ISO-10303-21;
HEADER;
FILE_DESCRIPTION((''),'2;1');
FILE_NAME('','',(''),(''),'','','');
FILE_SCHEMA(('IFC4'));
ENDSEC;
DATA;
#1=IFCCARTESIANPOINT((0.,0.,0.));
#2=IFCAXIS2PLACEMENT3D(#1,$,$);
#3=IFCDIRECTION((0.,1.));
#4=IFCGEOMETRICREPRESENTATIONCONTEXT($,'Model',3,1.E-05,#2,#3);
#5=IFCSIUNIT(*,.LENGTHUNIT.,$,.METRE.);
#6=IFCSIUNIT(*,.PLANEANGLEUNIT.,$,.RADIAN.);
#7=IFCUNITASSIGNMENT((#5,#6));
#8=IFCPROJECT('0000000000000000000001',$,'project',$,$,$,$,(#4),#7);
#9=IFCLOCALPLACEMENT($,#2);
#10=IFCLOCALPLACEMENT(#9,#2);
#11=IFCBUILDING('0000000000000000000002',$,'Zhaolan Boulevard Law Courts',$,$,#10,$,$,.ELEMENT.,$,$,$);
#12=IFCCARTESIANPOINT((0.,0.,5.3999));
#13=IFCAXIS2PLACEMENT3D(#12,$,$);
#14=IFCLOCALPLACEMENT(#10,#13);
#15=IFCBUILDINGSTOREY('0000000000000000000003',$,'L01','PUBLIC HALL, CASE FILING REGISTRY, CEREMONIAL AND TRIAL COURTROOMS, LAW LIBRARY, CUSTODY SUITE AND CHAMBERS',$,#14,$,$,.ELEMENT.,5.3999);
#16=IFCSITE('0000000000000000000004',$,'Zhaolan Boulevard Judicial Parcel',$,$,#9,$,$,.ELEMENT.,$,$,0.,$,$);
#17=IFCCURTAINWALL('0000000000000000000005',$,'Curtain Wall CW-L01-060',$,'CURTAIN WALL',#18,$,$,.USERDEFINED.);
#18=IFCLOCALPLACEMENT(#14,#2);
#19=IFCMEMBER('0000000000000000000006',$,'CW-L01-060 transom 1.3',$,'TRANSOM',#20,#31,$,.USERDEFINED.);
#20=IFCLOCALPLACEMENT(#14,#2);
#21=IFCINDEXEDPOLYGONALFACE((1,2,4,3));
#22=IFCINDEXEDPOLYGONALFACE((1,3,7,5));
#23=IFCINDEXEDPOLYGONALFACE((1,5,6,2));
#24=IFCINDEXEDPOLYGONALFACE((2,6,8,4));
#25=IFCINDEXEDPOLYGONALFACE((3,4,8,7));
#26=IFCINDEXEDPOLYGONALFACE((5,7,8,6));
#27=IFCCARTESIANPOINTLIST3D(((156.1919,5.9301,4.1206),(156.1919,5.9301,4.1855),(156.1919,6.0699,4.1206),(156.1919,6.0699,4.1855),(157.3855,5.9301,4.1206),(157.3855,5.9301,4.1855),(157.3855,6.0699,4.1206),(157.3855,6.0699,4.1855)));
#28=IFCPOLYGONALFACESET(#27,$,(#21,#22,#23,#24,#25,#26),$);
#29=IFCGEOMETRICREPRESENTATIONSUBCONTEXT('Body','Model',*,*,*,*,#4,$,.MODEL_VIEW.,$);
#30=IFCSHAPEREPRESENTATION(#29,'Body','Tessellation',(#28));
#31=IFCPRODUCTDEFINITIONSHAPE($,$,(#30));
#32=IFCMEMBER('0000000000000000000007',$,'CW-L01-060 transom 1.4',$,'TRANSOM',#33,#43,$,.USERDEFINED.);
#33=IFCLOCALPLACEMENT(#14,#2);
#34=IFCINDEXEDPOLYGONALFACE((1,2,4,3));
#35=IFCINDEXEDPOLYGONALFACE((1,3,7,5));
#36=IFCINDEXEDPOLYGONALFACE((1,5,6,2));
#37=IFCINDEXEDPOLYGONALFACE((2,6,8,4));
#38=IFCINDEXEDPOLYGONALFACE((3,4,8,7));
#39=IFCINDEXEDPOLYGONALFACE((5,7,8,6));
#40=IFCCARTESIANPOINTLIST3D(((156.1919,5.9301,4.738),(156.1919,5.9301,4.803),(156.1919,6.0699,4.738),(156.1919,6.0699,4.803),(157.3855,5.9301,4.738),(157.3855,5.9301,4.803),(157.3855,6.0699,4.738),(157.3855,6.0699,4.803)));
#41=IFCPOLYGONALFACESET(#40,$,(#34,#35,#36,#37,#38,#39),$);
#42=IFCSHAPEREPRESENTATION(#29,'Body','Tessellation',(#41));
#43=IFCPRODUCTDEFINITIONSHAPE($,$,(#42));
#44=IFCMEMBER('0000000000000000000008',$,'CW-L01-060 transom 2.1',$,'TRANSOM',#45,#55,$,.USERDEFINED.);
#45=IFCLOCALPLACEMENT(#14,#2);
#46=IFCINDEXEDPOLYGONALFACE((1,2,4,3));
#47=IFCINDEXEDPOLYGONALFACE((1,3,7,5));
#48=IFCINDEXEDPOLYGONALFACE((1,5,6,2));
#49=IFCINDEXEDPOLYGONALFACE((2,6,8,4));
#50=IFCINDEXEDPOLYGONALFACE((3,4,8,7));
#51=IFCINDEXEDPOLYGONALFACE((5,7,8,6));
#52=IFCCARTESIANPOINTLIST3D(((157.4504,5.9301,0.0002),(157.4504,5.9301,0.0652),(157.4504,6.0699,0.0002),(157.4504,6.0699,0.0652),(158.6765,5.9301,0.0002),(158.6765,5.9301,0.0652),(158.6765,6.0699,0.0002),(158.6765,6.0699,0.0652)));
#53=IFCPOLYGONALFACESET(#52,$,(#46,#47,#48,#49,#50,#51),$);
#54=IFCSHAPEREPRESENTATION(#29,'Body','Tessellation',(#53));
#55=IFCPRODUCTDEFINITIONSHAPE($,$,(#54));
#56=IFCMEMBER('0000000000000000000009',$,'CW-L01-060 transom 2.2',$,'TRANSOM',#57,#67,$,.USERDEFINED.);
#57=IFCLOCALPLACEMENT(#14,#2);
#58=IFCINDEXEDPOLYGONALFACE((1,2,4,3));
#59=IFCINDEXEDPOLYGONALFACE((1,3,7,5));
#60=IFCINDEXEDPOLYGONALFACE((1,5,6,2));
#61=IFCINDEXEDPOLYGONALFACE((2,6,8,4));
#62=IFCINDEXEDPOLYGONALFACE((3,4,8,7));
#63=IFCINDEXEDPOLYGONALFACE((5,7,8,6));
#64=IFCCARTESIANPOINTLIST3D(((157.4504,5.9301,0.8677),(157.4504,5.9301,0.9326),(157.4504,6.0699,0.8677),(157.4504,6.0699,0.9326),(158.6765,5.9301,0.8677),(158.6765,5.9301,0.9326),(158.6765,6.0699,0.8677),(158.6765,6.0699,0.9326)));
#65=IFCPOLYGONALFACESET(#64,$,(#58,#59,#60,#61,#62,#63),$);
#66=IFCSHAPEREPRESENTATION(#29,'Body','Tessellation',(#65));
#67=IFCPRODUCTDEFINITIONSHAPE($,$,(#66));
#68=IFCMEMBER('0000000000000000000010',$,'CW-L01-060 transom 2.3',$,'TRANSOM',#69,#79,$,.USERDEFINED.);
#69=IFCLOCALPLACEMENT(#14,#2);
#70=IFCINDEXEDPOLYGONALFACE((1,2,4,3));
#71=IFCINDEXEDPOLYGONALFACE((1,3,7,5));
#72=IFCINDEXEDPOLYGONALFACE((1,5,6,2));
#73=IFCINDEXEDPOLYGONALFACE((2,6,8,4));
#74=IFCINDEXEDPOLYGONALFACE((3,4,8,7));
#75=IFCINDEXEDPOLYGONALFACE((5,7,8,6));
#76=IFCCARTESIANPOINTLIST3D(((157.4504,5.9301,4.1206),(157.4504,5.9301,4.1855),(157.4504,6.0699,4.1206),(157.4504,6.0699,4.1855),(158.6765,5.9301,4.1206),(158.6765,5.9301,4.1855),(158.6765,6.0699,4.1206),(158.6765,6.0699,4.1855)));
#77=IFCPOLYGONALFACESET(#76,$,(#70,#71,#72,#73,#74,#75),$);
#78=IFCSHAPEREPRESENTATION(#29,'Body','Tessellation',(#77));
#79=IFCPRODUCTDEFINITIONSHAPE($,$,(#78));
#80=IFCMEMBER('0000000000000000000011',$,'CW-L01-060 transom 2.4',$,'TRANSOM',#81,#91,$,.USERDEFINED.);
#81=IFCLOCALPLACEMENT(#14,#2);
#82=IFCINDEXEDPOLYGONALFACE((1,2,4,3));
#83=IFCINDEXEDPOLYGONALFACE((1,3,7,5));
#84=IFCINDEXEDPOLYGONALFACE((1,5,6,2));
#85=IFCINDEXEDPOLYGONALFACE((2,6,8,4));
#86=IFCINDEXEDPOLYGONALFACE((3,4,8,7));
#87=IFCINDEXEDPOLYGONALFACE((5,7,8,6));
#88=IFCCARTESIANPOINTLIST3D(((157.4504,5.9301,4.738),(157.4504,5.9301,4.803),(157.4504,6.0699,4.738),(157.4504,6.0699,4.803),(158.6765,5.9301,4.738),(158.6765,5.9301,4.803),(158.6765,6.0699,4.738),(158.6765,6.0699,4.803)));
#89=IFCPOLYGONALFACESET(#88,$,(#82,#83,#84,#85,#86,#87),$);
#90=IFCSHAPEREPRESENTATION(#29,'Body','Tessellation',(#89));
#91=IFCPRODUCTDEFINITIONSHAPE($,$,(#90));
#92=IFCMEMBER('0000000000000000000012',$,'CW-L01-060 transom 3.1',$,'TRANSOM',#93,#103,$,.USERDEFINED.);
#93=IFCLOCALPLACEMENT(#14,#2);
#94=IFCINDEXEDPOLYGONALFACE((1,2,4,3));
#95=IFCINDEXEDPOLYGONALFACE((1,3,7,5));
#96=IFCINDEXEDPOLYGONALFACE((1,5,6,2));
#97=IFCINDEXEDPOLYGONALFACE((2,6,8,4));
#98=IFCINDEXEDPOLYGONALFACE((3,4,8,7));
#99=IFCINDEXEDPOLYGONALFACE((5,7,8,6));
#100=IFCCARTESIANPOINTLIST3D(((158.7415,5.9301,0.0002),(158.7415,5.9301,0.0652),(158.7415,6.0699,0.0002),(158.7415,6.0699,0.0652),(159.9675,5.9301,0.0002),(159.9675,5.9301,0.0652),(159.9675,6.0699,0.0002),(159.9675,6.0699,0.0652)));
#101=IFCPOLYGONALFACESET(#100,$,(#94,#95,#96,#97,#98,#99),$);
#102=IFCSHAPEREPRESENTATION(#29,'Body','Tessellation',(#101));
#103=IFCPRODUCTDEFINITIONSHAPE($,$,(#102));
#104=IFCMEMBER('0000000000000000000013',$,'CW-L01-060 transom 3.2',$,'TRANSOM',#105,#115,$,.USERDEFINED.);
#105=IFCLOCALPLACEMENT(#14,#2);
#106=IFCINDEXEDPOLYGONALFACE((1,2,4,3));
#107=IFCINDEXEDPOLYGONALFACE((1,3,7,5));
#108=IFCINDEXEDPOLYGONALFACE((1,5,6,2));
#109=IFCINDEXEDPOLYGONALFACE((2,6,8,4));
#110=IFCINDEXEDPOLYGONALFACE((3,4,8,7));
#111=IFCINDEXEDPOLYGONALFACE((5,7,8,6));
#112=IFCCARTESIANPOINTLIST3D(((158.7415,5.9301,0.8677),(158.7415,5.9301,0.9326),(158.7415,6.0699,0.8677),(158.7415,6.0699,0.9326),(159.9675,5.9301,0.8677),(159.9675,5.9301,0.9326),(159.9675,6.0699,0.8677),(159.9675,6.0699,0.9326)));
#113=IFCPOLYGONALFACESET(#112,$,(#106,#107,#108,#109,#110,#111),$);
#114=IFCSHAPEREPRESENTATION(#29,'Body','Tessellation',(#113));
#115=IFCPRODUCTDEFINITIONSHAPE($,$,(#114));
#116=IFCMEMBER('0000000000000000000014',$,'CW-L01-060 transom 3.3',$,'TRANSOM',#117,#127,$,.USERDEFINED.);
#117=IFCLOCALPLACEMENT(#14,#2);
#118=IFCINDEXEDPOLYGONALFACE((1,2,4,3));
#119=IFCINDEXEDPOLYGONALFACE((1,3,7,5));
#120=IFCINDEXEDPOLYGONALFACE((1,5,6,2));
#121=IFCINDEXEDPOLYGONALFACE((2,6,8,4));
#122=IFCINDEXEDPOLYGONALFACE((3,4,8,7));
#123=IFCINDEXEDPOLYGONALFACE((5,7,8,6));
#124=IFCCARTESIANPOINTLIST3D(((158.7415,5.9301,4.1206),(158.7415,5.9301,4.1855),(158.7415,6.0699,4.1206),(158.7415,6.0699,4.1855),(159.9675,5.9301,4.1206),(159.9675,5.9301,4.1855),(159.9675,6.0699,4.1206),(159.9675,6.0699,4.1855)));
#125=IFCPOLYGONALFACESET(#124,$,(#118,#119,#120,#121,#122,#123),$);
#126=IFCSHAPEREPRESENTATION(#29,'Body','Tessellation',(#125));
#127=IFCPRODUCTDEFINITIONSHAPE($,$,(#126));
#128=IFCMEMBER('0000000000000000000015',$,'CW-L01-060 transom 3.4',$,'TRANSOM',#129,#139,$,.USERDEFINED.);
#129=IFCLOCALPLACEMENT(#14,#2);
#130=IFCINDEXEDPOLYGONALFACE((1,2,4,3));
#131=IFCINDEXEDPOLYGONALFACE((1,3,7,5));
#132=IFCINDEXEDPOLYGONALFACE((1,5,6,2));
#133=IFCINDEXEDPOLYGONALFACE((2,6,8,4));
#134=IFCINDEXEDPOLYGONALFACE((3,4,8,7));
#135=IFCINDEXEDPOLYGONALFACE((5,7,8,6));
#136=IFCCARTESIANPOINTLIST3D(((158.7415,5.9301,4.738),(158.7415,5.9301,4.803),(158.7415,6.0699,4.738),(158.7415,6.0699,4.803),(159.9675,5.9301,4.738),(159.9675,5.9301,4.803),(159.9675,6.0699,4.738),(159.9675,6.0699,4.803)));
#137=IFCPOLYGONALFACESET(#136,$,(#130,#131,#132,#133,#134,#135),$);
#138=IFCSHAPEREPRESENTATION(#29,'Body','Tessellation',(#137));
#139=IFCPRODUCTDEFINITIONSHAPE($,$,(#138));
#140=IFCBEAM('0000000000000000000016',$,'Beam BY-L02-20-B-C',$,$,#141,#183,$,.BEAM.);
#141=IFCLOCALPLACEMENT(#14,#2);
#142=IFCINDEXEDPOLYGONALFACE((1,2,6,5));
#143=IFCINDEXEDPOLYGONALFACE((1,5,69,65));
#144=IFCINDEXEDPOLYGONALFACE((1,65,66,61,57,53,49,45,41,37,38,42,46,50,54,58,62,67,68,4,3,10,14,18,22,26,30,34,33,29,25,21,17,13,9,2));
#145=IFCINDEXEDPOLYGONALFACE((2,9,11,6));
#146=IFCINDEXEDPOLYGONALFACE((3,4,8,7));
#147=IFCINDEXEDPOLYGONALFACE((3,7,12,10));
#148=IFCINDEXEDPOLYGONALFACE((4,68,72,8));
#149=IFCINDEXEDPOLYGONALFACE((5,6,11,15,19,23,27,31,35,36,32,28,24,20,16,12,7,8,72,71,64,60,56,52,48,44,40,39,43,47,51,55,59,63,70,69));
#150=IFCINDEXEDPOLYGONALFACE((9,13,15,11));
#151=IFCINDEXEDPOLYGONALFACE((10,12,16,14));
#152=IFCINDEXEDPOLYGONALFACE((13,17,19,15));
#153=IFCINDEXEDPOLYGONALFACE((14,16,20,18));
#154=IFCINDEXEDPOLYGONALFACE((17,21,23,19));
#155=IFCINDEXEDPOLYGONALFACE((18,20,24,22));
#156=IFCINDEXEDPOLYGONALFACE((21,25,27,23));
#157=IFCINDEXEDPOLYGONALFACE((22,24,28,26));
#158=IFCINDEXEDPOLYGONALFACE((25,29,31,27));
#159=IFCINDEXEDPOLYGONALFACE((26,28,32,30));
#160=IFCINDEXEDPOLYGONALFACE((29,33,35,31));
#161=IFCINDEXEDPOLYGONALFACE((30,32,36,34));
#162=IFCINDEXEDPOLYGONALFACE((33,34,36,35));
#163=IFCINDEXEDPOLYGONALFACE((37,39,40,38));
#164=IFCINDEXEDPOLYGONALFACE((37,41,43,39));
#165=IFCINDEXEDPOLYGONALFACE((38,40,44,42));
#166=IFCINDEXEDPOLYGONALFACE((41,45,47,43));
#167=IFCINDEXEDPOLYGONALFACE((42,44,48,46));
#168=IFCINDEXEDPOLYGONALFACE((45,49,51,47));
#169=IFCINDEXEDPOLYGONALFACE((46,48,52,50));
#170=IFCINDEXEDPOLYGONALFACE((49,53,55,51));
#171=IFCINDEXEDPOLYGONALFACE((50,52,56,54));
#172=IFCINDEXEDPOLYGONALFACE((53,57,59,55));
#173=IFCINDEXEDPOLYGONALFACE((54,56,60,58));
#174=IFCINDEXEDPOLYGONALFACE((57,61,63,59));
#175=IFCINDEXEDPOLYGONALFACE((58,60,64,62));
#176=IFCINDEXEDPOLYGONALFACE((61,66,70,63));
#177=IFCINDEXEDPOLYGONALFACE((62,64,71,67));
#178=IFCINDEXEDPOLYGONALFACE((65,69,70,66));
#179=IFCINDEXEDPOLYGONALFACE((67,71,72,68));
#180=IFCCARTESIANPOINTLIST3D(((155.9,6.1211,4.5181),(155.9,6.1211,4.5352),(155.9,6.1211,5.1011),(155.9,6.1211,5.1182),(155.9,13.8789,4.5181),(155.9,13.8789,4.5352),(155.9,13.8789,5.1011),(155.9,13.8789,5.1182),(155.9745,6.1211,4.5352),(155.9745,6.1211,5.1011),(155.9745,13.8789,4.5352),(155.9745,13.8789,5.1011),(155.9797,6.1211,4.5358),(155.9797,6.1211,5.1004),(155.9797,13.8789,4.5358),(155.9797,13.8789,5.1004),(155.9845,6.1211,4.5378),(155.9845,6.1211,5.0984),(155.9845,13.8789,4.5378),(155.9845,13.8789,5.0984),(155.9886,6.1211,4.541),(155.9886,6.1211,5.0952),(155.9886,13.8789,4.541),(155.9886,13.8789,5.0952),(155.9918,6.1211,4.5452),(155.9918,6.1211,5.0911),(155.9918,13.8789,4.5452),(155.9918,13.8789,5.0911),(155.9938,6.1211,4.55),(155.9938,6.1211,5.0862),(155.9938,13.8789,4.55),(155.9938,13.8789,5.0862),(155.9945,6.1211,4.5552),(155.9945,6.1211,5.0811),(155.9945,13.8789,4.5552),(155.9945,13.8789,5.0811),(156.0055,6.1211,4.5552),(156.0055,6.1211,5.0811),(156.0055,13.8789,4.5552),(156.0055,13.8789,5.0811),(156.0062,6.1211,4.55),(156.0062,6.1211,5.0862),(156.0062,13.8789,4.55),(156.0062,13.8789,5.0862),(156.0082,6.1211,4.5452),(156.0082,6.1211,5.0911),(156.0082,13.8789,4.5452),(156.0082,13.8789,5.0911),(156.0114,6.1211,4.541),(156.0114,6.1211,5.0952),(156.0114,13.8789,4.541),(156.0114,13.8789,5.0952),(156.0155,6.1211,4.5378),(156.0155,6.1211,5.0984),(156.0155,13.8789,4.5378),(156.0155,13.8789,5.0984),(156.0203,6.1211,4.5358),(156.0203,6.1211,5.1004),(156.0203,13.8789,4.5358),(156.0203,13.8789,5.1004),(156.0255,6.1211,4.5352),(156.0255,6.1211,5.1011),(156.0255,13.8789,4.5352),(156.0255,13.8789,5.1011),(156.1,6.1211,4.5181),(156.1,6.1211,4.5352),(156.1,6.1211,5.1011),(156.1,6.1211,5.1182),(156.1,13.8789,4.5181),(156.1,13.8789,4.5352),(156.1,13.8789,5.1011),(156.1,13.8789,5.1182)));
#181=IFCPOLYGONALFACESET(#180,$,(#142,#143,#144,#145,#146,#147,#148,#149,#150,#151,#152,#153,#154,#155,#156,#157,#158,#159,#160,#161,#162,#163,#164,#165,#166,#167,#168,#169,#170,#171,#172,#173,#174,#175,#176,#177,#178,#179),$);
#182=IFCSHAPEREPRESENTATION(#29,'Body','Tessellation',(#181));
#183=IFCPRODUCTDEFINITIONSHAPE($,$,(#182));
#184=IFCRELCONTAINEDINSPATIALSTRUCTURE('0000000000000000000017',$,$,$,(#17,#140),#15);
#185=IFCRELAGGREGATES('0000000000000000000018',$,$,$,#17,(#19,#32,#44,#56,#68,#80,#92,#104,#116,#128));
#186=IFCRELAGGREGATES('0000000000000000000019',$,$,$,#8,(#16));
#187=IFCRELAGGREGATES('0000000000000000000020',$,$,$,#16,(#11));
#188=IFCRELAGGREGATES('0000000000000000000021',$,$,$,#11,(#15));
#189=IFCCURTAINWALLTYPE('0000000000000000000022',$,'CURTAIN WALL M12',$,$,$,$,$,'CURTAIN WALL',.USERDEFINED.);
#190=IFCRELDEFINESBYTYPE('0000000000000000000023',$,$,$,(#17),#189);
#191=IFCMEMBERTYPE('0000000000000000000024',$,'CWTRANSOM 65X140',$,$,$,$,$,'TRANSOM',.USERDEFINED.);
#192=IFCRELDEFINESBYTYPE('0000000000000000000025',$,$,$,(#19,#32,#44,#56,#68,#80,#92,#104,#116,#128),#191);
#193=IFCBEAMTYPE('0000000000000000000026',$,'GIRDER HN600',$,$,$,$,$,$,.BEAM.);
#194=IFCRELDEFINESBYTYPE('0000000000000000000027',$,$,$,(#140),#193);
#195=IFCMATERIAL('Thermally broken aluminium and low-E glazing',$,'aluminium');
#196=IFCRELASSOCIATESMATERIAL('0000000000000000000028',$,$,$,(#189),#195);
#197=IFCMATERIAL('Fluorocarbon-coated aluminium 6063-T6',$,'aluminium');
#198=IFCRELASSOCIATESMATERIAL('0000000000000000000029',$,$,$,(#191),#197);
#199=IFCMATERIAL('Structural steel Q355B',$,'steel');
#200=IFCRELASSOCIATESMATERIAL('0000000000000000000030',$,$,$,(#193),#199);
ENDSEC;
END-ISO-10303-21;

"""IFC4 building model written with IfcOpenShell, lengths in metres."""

from ifc_helpers import new_model, si_unit, direction, frame, origin, origin_2d, place, context, subcontext, project, spatial, rectangle, i_section, extrude, material, material_profile, profile_set, type_object, element, aggregate, save


model = new_model("IFC4")

# Units and contexts
model_context = context("Model", 3, precision=1e-05, world=origin(), true_north=direction((0.0, 1.0)))
body_context = subcontext(model_context, "Body", "Model", "MODEL_VIEW")
ifc_project = project(units=[si_unit("LENGTHUNIT", "METRE"), si_unit("PLANEANGLEUNIT", "RADIAN")], contexts=[model_context])

# Site, building, storey
site_placement = place(None, origin())
site = spatial("IfcSite", under=ifc_project, at=site_placement, Name="Zhaolan Boulevard Judicial Parcel", CompositionType="ELEMENT", RefElevation=0.0)
building_placement = place(site_placement, origin())
building = spatial("IfcBuilding", under=site, at=building_placement, Name="Zhaolan Boulevard Law Courts", CompositionType="ELEMENT")
storey_placement = place(building_placement, frame((0.0, 0.0, 5.3999)))
storey = spatial("IfcBuildingStorey", under=building, at=storey_placement, Name="L01", Description="PUBLIC HALL, CASE FILING REGISTRY, CEREMONIAL AND TRIAL COURTROOMS, LAW LIBRARY, CUSTODY SUITE AND CHAMBERS", CompositionType="ELEMENT", Elevation=5.3999)

# Curtain wall
ifc_material_1 = material(Name="Thermally broken aluminium and low-E glazing", Category="aluminium")
curtain_wall_type_1 = type_object("IfcCurtainWallType", Name="CURTAIN WALL M12", ElementType="CURTAIN WALL", PredefinedType="USERDEFINED", material=ifc_material_1)
curtain_wall_1_placement = place(storey_placement, origin())
curtain_wall_1 = element("IfcCurtainWall", 1, at=curtain_wall_1_placement, inside=storey, type_object=curtain_wall_type_1, Name="Curtain Wall CW-L01-060", ObjectType="CURTAIN WALL", PredefinedType="USERDEFINED")

# Members
ifc_material_2 = material(Name="Fluorocarbon-coated aluminium 6063-T6", Category="aluminium")
ifc_material_profile_1 = material_profile(ifc_material_2, rectangle(XDim=0.1399, YDim=0.0649, at=origin_2d()), Name="AL65x140")
ifc_profile_set_1 = profile_set([ifc_material_profile_1], Name="Fluorocarbon-coated aluminium 6063-T6")
member_type_1 = type_object("IfcMemberType", Name="CWTRANSOM 65X140", ElementType="TRANSOM", PredefinedType="USERDEFINED", material=ifc_profile_set_1)
member_1_placement = place(storey_placement, frame((156.1919, 6.0, 4.1531), z_axis=(1.0, 0.0, 0.0), x_axis=(0.0, 1.0, 0.0)))
member_1 = element("IfcMember", 2, at=member_1_placement, type_object=member_type_1, Name="CW-L01-060 transom 1.3", ObjectType="TRANSOM", PredefinedType="USERDEFINED", context=body_context, shape_type="SweptSolid", body=[
    extrude(rectangle(XDim=0.1399, YDim=0.0649, at=origin_2d()), origin(), (0.0, 0.0, 1.0), 1.1936),
])
member_2_placement = place(storey_placement, frame((156.1919, 6.0, 4.7705), z_axis=(1.0, 0.0, 0.0), x_axis=(0.0, 1.0, 0.0)))
member_2 = element("IfcMember", 3, at=member_2_placement, type_object=member_type_1, Name="CW-L01-060 transom 1.4", ObjectType="TRANSOM", PredefinedType="USERDEFINED", context=body_context, shape_type="SweptSolid", body=[
    extrude(rectangle(XDim=0.1399, YDim=0.0649, at=origin_2d()), origin(), (0.0, 0.0, 1.0), 1.1936),
])
member_3_placement = place(storey_placement, frame((157.4504, 6.0, 0.0327), z_axis=(1.0, 0.0, 0.0), x_axis=(0.0, 1.0, 0.0)))
member_3 = element("IfcMember", 4, at=member_3_placement, type_object=member_type_1, Name="CW-L01-060 transom 2.1", ObjectType="TRANSOM", PredefinedType="USERDEFINED", context=body_context, shape_type="SweptSolid", body=[
    extrude(rectangle(XDim=0.1399, YDim=0.0649, at=origin_2d()), origin(), (0.0, 0.0, 1.0), 1.2261),
])
member_4_placement = place(storey_placement, frame((157.4504, 6.0, 0.9001), z_axis=(1.0, 0.0, 0.0), x_axis=(0.0, 1.0, 0.0)))
member_4 = element("IfcMember", 5, at=member_4_placement, type_object=member_type_1, Name="CW-L01-060 transom 2.2", ObjectType="TRANSOM", PredefinedType="USERDEFINED", context=body_context, shape_type="SweptSolid", body=[
    extrude(rectangle(XDim=0.1399, YDim=0.0649, at=origin_2d()), origin(), (0.0, 0.0, 1.0), 1.2261),
])
member_5_placement = place(storey_placement, frame((157.4504, 6.0, 4.1531), z_axis=(1.0, 0.0, 0.0), x_axis=(0.0, 1.0, 0.0)))
member_5 = element("IfcMember", 6, at=member_5_placement, type_object=member_type_1, Name="CW-L01-060 transom 2.3", ObjectType="TRANSOM", PredefinedType="USERDEFINED", context=body_context, shape_type="SweptSolid", body=[
    extrude(rectangle(XDim=0.1399, YDim=0.0649, at=origin_2d()), origin(), (0.0, 0.0, 1.0), 1.2261),
])
member_6_placement = place(storey_placement, frame((157.4504, 6.0, 4.7705), z_axis=(1.0, 0.0, 0.0), x_axis=(0.0, 1.0, 0.0)))
member_6 = element("IfcMember", 7, at=member_6_placement, type_object=member_type_1, Name="CW-L01-060 transom 2.4", ObjectType="TRANSOM", PredefinedType="USERDEFINED", context=body_context, shape_type="SweptSolid", body=[
    extrude(rectangle(XDim=0.1399, YDim=0.0649, at=origin_2d()), origin(), (0.0, 0.0, 1.0), 1.2261),
])
member_7_placement = place(storey_placement, frame((158.7415, 6.0, 0.0327), z_axis=(1.0, 0.0, 0.0), x_axis=(0.0, 1.0, 0.0)))
member_7 = element("IfcMember", 8, at=member_7_placement, type_object=member_type_1, Name="CW-L01-060 transom 3.1", ObjectType="TRANSOM", PredefinedType="USERDEFINED", context=body_context, shape_type="SweptSolid", body=[
    extrude(rectangle(XDim=0.1399, YDim=0.0649, at=origin_2d()), origin(), (0.0, 0.0, 1.0), 1.2261),
])
member_8_placement = place(storey_placement, frame((158.7415, 6.0, 0.9001), z_axis=(1.0, 0.0, 0.0), x_axis=(0.0, 1.0, 0.0)))
member_8 = element("IfcMember", 9, at=member_8_placement, type_object=member_type_1, Name="CW-L01-060 transom 3.2", ObjectType="TRANSOM", PredefinedType="USERDEFINED", context=body_context, shape_type="SweptSolid", body=[
    extrude(rectangle(XDim=0.1399, YDim=0.0649, at=origin_2d()), origin(), (0.0, 0.0, 1.0), 1.2261),
])
member_9_placement = place(storey_placement, frame((158.7415, 6.0, 4.1531), z_axis=(1.0, 0.0, 0.0), x_axis=(0.0, 1.0, 0.0)))
member_9 = element("IfcMember", 10, at=member_9_placement, type_object=member_type_1, Name="CW-L01-060 transom 3.3", ObjectType="TRANSOM", PredefinedType="USERDEFINED", context=body_context, shape_type="SweptSolid", body=[
    extrude(rectangle(XDim=0.1399, YDim=0.0649, at=origin_2d()), origin(), (0.0, 0.0, 1.0), 1.2261),
])
member_10_placement = place(storey_placement, frame((158.7415, 6.0, 4.7705), z_axis=(1.0, 0.0, 0.0), x_axis=(0.0, 1.0, 0.0)))
member_10 = element("IfcMember", 11, at=member_10_placement, type_object=member_type_1, Name="CW-L01-060 transom 3.4", ObjectType="TRANSOM", PredefinedType="USERDEFINED", context=body_context, shape_type="SweptSolid", body=[
    extrude(rectangle(XDim=0.1399, YDim=0.0649, at=origin_2d()), origin(), (0.0, 0.0, 1.0), 1.2261),
])

# Beam
ifc_material_3 = material(Name="Structural steel Q355B", Category="steel")
ifc_material_profile_2 = material_profile(ifc_material_3, i_section(OverallWidth=0.2, OverallDepth=0.6001, WebThickness=0.011, FlangeThickness=0.0171, FilletRadius=0.02, at=origin_2d()), Name="HN600x200")
ifc_profile_set_2 = profile_set([ifc_material_profile_2], Name="Structural steel Q355B")
beam_type_1 = type_object("IfcBeamType", Name="GIRDER HN600", PredefinedType="BEAM", material=ifc_profile_set_2)
beam_1_placement = place(storey_placement, frame((156.0, 6.1211, 4.8181), z_axis=(0.0, 1.0, 0.0), x_axis=(-1.0, 0.0, 0.0)))
element("IfcBeam", 12, at=beam_1_placement, inside=storey, type_object=beam_type_1, Name="Beam BY-L02-20-B-C", PredefinedType="BEAM", context=body_context, shape_type="SweptSolid", body=[
    extrude(i_section(OverallWidth=0.2, OverallDepth=0.6001, WebThickness=0.011, FlangeThickness=0.0171, FilletRadius=0.02, at=origin_2d()), origin(), (0.0, 0.0, 1.0), 7.7578),
])

aggregate(curtain_wall_1, [member_1, member_2, member_3, member_4, member_5, member_6, member_7, member_8, member_9, member_10])

save(model, "model.ifc")
